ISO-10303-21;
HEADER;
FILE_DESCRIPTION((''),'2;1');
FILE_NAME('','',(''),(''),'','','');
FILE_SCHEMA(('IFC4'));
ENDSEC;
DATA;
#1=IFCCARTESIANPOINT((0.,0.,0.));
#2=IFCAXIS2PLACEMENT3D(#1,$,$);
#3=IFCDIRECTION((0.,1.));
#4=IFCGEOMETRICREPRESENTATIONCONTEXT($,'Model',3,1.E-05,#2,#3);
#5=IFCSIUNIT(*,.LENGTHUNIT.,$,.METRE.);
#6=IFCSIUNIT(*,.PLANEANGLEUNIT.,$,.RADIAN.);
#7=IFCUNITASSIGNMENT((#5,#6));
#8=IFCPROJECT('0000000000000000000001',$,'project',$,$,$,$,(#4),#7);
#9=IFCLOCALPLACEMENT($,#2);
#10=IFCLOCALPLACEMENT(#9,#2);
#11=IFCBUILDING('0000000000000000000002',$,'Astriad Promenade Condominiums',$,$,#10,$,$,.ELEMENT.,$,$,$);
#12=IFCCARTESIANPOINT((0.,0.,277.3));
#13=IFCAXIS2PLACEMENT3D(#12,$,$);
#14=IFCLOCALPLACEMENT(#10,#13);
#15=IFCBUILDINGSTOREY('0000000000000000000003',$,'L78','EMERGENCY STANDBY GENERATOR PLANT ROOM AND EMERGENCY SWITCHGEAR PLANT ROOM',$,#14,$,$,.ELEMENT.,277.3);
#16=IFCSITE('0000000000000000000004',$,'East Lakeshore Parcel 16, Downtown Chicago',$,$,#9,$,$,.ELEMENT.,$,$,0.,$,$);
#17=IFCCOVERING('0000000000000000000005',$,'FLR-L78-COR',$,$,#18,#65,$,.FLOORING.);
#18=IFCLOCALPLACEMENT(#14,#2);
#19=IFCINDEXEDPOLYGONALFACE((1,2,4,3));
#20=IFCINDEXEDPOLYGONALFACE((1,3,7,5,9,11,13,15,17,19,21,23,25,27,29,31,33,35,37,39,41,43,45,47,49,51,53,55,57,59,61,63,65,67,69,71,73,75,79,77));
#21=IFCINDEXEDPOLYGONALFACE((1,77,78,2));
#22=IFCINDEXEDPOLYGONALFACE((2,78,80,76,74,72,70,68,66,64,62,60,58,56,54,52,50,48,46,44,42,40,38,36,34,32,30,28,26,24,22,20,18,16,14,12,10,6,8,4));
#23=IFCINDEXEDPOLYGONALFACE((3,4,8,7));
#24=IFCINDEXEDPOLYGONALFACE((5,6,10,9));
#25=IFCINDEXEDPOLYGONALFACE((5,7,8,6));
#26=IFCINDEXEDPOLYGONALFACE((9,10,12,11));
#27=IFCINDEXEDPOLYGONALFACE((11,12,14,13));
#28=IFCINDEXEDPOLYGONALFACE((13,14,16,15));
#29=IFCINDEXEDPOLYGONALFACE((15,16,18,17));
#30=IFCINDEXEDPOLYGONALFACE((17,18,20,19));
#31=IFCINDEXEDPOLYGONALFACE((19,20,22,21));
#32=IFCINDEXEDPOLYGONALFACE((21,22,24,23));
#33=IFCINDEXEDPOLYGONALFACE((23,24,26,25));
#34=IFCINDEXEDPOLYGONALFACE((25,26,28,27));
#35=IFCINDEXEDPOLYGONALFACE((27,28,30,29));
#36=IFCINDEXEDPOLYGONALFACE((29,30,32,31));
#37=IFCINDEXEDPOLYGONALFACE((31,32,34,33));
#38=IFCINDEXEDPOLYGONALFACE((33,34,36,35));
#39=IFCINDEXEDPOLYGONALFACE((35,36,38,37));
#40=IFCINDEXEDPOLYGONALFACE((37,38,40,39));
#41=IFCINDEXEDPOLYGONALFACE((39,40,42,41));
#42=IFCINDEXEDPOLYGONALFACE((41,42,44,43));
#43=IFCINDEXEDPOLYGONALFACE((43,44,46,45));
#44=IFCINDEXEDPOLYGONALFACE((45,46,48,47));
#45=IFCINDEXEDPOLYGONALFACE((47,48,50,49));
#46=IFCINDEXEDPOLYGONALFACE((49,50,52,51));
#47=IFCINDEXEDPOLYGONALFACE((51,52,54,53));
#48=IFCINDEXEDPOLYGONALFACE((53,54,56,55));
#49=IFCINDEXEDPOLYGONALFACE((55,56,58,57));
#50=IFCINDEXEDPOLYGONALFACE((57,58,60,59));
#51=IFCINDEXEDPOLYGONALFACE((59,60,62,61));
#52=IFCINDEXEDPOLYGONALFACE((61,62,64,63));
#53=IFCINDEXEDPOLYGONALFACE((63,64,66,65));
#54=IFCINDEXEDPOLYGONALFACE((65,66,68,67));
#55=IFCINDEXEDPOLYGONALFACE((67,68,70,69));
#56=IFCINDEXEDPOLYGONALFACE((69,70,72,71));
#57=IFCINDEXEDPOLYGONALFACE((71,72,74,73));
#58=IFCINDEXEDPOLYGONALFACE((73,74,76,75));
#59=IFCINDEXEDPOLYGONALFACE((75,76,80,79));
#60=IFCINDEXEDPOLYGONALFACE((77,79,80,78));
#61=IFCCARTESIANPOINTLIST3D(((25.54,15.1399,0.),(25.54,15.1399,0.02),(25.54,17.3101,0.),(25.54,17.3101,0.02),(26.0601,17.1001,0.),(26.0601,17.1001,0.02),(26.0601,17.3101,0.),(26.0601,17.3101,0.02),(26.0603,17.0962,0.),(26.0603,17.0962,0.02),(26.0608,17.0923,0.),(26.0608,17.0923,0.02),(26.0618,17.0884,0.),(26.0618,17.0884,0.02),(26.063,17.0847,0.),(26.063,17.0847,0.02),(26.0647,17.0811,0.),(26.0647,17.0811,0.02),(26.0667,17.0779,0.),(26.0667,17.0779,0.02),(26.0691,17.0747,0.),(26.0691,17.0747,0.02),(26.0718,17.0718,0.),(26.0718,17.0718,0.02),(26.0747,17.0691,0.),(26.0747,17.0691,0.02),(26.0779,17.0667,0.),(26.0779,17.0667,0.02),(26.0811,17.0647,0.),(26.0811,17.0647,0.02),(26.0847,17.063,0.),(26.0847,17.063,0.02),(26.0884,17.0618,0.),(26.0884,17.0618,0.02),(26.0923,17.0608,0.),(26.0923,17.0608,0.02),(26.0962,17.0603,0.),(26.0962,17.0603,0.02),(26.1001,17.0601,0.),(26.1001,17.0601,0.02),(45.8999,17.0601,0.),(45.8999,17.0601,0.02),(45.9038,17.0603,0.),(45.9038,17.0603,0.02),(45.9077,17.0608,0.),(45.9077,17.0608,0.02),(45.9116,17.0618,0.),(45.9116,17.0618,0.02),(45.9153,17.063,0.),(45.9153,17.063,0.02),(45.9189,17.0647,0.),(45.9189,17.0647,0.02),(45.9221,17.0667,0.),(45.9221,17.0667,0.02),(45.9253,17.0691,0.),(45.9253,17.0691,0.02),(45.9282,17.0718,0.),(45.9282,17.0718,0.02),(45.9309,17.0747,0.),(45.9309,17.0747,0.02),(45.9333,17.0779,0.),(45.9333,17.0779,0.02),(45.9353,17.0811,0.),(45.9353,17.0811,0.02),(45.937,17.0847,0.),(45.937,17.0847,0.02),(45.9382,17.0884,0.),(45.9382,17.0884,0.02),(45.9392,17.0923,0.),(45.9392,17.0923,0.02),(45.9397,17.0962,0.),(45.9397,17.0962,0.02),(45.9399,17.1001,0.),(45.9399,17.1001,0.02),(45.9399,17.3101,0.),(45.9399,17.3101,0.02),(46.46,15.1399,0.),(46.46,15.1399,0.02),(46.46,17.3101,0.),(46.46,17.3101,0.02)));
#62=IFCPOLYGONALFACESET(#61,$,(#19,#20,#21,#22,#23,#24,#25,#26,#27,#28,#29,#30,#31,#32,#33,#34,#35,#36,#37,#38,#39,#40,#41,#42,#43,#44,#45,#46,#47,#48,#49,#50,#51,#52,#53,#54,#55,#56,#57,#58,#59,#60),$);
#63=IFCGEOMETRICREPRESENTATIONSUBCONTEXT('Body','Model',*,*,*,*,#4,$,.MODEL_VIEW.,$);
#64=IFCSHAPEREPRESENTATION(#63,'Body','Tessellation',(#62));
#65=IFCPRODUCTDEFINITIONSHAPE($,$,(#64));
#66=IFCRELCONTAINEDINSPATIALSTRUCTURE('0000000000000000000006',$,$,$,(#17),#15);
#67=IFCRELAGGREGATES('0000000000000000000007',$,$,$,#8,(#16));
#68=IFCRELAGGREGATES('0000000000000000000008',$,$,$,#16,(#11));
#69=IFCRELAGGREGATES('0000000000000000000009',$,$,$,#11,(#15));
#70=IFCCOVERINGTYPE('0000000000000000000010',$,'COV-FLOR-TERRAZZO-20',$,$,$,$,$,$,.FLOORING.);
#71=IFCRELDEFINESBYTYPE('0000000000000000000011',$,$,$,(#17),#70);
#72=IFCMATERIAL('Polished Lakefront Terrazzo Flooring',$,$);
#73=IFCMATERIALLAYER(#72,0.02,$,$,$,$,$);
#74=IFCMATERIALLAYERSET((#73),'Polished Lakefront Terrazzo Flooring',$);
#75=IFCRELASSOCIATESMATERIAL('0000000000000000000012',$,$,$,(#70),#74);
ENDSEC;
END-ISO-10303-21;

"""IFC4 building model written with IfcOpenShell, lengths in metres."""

from ifc_helpers import new_model, si_unit, direction, frame, origin, place, context, subcontext, project, spatial, polyline, outline, extrude, material, layer, layer_set, type_object, element, save


model = new_model("IFC4")

# Units and contexts
model_context = context("Model", 3, precision=1e-05, world=origin(), true_north=direction((0.0, 1.0)))
body_context = subcontext(model_context, "Body", "Model", "MODEL_VIEW")
ifc_project = project(units=[si_unit("LENGTHUNIT", "METRE"), si_unit("PLANEANGLEUNIT", "RADIAN")], contexts=[model_context])

# Site, building, storey
site_placement = place(None, origin())
site = spatial("IfcSite", under=ifc_project, at=site_placement, Name="East Lakeshore Parcel 16, Downtown Chicago", CompositionType="ELEMENT", RefElevation=0.0)
building_placement = place(site_placement, origin())
building = spatial("IfcBuilding", under=site, at=building_placement, Name="Astriad Promenade Condominiums", CompositionType="ELEMENT")
storey_placement = place(building_placement, frame((0.0, 0.0, 277.3)))
storey = spatial("IfcBuildingStorey", under=building, at=storey_placement, Name="L78", Description="EMERGENCY STANDBY GENERATOR PLANT ROOM AND EMERGENCY SWITCHGEAR PLANT ROOM", CompositionType="ELEMENT", Elevation=277.3)

# Covering
ifc_material_1 = material(Name="Polished Lakefront Terrazzo Flooring")
ifc_layer_1 = layer(ifc_material_1, 0.02)
ifc_layer_set_1 = layer_set([ifc_layer_1], Name="Polished Lakefront Terrazzo Flooring")
covering_type_1 = type_object("IfcCoveringType", Name="COV-FLOR-TERRAZZO-20", PredefinedType="FLOORING", material=ifc_layer_set_1)
covering_1_placement = place(storey_placement, origin())
element("IfcCovering", 1, at=covering_1_placement, inside=storey, type_object=covering_type_1, Name="FLR-L78-COR", PredefinedType="FLOORING", context=body_context, shape_type="SweptSolid", body=[
    extrude(outline(polyline([(26.0601, 17.3101), (26.0601, 17.1001), (26.0603, 17.0962), (26.0608, 17.0923), (26.0618, 17.0884), (26.063, 17.0847), (26.0647, 17.0811), (26.0667, 17.0779), (26.0691, 17.0747), (26.0718, 17.0718), (26.0747, 17.0691), (26.0779, 17.0667), (26.0811, 17.0647), (26.0847, 17.063), (26.0884, 17.0618), (26.0923, 17.0608), (26.0962, 17.0603), (26.1001, 17.0601), (45.8999, 17.0601), (45.9038, 17.0603), (45.9077, 17.0608), (45.9116, 17.0618), (45.9153, 17.063), (45.9189, 17.0647), (45.9221, 17.0667), (45.9253, 17.0691), (45.9282, 17.0718), (45.9309, 17.0747), (45.9333, 17.0779), (45.9353, 17.0811), (45.937, 17.0847), (45.9382, 17.0884), (45.9392, 17.0923), (45.9397, 17.0962), (45.9399, 17.1001), (45.9399, 17.3101), (46.46, 17.3101), (46.46, 15.1399), (25.54, 15.1399), (25.54, 17.3101), (26.0601, 17.3101)])), origin(), (0.0, 0.0, 1.0), 0.02),
])

save(model, "model.ifc")
